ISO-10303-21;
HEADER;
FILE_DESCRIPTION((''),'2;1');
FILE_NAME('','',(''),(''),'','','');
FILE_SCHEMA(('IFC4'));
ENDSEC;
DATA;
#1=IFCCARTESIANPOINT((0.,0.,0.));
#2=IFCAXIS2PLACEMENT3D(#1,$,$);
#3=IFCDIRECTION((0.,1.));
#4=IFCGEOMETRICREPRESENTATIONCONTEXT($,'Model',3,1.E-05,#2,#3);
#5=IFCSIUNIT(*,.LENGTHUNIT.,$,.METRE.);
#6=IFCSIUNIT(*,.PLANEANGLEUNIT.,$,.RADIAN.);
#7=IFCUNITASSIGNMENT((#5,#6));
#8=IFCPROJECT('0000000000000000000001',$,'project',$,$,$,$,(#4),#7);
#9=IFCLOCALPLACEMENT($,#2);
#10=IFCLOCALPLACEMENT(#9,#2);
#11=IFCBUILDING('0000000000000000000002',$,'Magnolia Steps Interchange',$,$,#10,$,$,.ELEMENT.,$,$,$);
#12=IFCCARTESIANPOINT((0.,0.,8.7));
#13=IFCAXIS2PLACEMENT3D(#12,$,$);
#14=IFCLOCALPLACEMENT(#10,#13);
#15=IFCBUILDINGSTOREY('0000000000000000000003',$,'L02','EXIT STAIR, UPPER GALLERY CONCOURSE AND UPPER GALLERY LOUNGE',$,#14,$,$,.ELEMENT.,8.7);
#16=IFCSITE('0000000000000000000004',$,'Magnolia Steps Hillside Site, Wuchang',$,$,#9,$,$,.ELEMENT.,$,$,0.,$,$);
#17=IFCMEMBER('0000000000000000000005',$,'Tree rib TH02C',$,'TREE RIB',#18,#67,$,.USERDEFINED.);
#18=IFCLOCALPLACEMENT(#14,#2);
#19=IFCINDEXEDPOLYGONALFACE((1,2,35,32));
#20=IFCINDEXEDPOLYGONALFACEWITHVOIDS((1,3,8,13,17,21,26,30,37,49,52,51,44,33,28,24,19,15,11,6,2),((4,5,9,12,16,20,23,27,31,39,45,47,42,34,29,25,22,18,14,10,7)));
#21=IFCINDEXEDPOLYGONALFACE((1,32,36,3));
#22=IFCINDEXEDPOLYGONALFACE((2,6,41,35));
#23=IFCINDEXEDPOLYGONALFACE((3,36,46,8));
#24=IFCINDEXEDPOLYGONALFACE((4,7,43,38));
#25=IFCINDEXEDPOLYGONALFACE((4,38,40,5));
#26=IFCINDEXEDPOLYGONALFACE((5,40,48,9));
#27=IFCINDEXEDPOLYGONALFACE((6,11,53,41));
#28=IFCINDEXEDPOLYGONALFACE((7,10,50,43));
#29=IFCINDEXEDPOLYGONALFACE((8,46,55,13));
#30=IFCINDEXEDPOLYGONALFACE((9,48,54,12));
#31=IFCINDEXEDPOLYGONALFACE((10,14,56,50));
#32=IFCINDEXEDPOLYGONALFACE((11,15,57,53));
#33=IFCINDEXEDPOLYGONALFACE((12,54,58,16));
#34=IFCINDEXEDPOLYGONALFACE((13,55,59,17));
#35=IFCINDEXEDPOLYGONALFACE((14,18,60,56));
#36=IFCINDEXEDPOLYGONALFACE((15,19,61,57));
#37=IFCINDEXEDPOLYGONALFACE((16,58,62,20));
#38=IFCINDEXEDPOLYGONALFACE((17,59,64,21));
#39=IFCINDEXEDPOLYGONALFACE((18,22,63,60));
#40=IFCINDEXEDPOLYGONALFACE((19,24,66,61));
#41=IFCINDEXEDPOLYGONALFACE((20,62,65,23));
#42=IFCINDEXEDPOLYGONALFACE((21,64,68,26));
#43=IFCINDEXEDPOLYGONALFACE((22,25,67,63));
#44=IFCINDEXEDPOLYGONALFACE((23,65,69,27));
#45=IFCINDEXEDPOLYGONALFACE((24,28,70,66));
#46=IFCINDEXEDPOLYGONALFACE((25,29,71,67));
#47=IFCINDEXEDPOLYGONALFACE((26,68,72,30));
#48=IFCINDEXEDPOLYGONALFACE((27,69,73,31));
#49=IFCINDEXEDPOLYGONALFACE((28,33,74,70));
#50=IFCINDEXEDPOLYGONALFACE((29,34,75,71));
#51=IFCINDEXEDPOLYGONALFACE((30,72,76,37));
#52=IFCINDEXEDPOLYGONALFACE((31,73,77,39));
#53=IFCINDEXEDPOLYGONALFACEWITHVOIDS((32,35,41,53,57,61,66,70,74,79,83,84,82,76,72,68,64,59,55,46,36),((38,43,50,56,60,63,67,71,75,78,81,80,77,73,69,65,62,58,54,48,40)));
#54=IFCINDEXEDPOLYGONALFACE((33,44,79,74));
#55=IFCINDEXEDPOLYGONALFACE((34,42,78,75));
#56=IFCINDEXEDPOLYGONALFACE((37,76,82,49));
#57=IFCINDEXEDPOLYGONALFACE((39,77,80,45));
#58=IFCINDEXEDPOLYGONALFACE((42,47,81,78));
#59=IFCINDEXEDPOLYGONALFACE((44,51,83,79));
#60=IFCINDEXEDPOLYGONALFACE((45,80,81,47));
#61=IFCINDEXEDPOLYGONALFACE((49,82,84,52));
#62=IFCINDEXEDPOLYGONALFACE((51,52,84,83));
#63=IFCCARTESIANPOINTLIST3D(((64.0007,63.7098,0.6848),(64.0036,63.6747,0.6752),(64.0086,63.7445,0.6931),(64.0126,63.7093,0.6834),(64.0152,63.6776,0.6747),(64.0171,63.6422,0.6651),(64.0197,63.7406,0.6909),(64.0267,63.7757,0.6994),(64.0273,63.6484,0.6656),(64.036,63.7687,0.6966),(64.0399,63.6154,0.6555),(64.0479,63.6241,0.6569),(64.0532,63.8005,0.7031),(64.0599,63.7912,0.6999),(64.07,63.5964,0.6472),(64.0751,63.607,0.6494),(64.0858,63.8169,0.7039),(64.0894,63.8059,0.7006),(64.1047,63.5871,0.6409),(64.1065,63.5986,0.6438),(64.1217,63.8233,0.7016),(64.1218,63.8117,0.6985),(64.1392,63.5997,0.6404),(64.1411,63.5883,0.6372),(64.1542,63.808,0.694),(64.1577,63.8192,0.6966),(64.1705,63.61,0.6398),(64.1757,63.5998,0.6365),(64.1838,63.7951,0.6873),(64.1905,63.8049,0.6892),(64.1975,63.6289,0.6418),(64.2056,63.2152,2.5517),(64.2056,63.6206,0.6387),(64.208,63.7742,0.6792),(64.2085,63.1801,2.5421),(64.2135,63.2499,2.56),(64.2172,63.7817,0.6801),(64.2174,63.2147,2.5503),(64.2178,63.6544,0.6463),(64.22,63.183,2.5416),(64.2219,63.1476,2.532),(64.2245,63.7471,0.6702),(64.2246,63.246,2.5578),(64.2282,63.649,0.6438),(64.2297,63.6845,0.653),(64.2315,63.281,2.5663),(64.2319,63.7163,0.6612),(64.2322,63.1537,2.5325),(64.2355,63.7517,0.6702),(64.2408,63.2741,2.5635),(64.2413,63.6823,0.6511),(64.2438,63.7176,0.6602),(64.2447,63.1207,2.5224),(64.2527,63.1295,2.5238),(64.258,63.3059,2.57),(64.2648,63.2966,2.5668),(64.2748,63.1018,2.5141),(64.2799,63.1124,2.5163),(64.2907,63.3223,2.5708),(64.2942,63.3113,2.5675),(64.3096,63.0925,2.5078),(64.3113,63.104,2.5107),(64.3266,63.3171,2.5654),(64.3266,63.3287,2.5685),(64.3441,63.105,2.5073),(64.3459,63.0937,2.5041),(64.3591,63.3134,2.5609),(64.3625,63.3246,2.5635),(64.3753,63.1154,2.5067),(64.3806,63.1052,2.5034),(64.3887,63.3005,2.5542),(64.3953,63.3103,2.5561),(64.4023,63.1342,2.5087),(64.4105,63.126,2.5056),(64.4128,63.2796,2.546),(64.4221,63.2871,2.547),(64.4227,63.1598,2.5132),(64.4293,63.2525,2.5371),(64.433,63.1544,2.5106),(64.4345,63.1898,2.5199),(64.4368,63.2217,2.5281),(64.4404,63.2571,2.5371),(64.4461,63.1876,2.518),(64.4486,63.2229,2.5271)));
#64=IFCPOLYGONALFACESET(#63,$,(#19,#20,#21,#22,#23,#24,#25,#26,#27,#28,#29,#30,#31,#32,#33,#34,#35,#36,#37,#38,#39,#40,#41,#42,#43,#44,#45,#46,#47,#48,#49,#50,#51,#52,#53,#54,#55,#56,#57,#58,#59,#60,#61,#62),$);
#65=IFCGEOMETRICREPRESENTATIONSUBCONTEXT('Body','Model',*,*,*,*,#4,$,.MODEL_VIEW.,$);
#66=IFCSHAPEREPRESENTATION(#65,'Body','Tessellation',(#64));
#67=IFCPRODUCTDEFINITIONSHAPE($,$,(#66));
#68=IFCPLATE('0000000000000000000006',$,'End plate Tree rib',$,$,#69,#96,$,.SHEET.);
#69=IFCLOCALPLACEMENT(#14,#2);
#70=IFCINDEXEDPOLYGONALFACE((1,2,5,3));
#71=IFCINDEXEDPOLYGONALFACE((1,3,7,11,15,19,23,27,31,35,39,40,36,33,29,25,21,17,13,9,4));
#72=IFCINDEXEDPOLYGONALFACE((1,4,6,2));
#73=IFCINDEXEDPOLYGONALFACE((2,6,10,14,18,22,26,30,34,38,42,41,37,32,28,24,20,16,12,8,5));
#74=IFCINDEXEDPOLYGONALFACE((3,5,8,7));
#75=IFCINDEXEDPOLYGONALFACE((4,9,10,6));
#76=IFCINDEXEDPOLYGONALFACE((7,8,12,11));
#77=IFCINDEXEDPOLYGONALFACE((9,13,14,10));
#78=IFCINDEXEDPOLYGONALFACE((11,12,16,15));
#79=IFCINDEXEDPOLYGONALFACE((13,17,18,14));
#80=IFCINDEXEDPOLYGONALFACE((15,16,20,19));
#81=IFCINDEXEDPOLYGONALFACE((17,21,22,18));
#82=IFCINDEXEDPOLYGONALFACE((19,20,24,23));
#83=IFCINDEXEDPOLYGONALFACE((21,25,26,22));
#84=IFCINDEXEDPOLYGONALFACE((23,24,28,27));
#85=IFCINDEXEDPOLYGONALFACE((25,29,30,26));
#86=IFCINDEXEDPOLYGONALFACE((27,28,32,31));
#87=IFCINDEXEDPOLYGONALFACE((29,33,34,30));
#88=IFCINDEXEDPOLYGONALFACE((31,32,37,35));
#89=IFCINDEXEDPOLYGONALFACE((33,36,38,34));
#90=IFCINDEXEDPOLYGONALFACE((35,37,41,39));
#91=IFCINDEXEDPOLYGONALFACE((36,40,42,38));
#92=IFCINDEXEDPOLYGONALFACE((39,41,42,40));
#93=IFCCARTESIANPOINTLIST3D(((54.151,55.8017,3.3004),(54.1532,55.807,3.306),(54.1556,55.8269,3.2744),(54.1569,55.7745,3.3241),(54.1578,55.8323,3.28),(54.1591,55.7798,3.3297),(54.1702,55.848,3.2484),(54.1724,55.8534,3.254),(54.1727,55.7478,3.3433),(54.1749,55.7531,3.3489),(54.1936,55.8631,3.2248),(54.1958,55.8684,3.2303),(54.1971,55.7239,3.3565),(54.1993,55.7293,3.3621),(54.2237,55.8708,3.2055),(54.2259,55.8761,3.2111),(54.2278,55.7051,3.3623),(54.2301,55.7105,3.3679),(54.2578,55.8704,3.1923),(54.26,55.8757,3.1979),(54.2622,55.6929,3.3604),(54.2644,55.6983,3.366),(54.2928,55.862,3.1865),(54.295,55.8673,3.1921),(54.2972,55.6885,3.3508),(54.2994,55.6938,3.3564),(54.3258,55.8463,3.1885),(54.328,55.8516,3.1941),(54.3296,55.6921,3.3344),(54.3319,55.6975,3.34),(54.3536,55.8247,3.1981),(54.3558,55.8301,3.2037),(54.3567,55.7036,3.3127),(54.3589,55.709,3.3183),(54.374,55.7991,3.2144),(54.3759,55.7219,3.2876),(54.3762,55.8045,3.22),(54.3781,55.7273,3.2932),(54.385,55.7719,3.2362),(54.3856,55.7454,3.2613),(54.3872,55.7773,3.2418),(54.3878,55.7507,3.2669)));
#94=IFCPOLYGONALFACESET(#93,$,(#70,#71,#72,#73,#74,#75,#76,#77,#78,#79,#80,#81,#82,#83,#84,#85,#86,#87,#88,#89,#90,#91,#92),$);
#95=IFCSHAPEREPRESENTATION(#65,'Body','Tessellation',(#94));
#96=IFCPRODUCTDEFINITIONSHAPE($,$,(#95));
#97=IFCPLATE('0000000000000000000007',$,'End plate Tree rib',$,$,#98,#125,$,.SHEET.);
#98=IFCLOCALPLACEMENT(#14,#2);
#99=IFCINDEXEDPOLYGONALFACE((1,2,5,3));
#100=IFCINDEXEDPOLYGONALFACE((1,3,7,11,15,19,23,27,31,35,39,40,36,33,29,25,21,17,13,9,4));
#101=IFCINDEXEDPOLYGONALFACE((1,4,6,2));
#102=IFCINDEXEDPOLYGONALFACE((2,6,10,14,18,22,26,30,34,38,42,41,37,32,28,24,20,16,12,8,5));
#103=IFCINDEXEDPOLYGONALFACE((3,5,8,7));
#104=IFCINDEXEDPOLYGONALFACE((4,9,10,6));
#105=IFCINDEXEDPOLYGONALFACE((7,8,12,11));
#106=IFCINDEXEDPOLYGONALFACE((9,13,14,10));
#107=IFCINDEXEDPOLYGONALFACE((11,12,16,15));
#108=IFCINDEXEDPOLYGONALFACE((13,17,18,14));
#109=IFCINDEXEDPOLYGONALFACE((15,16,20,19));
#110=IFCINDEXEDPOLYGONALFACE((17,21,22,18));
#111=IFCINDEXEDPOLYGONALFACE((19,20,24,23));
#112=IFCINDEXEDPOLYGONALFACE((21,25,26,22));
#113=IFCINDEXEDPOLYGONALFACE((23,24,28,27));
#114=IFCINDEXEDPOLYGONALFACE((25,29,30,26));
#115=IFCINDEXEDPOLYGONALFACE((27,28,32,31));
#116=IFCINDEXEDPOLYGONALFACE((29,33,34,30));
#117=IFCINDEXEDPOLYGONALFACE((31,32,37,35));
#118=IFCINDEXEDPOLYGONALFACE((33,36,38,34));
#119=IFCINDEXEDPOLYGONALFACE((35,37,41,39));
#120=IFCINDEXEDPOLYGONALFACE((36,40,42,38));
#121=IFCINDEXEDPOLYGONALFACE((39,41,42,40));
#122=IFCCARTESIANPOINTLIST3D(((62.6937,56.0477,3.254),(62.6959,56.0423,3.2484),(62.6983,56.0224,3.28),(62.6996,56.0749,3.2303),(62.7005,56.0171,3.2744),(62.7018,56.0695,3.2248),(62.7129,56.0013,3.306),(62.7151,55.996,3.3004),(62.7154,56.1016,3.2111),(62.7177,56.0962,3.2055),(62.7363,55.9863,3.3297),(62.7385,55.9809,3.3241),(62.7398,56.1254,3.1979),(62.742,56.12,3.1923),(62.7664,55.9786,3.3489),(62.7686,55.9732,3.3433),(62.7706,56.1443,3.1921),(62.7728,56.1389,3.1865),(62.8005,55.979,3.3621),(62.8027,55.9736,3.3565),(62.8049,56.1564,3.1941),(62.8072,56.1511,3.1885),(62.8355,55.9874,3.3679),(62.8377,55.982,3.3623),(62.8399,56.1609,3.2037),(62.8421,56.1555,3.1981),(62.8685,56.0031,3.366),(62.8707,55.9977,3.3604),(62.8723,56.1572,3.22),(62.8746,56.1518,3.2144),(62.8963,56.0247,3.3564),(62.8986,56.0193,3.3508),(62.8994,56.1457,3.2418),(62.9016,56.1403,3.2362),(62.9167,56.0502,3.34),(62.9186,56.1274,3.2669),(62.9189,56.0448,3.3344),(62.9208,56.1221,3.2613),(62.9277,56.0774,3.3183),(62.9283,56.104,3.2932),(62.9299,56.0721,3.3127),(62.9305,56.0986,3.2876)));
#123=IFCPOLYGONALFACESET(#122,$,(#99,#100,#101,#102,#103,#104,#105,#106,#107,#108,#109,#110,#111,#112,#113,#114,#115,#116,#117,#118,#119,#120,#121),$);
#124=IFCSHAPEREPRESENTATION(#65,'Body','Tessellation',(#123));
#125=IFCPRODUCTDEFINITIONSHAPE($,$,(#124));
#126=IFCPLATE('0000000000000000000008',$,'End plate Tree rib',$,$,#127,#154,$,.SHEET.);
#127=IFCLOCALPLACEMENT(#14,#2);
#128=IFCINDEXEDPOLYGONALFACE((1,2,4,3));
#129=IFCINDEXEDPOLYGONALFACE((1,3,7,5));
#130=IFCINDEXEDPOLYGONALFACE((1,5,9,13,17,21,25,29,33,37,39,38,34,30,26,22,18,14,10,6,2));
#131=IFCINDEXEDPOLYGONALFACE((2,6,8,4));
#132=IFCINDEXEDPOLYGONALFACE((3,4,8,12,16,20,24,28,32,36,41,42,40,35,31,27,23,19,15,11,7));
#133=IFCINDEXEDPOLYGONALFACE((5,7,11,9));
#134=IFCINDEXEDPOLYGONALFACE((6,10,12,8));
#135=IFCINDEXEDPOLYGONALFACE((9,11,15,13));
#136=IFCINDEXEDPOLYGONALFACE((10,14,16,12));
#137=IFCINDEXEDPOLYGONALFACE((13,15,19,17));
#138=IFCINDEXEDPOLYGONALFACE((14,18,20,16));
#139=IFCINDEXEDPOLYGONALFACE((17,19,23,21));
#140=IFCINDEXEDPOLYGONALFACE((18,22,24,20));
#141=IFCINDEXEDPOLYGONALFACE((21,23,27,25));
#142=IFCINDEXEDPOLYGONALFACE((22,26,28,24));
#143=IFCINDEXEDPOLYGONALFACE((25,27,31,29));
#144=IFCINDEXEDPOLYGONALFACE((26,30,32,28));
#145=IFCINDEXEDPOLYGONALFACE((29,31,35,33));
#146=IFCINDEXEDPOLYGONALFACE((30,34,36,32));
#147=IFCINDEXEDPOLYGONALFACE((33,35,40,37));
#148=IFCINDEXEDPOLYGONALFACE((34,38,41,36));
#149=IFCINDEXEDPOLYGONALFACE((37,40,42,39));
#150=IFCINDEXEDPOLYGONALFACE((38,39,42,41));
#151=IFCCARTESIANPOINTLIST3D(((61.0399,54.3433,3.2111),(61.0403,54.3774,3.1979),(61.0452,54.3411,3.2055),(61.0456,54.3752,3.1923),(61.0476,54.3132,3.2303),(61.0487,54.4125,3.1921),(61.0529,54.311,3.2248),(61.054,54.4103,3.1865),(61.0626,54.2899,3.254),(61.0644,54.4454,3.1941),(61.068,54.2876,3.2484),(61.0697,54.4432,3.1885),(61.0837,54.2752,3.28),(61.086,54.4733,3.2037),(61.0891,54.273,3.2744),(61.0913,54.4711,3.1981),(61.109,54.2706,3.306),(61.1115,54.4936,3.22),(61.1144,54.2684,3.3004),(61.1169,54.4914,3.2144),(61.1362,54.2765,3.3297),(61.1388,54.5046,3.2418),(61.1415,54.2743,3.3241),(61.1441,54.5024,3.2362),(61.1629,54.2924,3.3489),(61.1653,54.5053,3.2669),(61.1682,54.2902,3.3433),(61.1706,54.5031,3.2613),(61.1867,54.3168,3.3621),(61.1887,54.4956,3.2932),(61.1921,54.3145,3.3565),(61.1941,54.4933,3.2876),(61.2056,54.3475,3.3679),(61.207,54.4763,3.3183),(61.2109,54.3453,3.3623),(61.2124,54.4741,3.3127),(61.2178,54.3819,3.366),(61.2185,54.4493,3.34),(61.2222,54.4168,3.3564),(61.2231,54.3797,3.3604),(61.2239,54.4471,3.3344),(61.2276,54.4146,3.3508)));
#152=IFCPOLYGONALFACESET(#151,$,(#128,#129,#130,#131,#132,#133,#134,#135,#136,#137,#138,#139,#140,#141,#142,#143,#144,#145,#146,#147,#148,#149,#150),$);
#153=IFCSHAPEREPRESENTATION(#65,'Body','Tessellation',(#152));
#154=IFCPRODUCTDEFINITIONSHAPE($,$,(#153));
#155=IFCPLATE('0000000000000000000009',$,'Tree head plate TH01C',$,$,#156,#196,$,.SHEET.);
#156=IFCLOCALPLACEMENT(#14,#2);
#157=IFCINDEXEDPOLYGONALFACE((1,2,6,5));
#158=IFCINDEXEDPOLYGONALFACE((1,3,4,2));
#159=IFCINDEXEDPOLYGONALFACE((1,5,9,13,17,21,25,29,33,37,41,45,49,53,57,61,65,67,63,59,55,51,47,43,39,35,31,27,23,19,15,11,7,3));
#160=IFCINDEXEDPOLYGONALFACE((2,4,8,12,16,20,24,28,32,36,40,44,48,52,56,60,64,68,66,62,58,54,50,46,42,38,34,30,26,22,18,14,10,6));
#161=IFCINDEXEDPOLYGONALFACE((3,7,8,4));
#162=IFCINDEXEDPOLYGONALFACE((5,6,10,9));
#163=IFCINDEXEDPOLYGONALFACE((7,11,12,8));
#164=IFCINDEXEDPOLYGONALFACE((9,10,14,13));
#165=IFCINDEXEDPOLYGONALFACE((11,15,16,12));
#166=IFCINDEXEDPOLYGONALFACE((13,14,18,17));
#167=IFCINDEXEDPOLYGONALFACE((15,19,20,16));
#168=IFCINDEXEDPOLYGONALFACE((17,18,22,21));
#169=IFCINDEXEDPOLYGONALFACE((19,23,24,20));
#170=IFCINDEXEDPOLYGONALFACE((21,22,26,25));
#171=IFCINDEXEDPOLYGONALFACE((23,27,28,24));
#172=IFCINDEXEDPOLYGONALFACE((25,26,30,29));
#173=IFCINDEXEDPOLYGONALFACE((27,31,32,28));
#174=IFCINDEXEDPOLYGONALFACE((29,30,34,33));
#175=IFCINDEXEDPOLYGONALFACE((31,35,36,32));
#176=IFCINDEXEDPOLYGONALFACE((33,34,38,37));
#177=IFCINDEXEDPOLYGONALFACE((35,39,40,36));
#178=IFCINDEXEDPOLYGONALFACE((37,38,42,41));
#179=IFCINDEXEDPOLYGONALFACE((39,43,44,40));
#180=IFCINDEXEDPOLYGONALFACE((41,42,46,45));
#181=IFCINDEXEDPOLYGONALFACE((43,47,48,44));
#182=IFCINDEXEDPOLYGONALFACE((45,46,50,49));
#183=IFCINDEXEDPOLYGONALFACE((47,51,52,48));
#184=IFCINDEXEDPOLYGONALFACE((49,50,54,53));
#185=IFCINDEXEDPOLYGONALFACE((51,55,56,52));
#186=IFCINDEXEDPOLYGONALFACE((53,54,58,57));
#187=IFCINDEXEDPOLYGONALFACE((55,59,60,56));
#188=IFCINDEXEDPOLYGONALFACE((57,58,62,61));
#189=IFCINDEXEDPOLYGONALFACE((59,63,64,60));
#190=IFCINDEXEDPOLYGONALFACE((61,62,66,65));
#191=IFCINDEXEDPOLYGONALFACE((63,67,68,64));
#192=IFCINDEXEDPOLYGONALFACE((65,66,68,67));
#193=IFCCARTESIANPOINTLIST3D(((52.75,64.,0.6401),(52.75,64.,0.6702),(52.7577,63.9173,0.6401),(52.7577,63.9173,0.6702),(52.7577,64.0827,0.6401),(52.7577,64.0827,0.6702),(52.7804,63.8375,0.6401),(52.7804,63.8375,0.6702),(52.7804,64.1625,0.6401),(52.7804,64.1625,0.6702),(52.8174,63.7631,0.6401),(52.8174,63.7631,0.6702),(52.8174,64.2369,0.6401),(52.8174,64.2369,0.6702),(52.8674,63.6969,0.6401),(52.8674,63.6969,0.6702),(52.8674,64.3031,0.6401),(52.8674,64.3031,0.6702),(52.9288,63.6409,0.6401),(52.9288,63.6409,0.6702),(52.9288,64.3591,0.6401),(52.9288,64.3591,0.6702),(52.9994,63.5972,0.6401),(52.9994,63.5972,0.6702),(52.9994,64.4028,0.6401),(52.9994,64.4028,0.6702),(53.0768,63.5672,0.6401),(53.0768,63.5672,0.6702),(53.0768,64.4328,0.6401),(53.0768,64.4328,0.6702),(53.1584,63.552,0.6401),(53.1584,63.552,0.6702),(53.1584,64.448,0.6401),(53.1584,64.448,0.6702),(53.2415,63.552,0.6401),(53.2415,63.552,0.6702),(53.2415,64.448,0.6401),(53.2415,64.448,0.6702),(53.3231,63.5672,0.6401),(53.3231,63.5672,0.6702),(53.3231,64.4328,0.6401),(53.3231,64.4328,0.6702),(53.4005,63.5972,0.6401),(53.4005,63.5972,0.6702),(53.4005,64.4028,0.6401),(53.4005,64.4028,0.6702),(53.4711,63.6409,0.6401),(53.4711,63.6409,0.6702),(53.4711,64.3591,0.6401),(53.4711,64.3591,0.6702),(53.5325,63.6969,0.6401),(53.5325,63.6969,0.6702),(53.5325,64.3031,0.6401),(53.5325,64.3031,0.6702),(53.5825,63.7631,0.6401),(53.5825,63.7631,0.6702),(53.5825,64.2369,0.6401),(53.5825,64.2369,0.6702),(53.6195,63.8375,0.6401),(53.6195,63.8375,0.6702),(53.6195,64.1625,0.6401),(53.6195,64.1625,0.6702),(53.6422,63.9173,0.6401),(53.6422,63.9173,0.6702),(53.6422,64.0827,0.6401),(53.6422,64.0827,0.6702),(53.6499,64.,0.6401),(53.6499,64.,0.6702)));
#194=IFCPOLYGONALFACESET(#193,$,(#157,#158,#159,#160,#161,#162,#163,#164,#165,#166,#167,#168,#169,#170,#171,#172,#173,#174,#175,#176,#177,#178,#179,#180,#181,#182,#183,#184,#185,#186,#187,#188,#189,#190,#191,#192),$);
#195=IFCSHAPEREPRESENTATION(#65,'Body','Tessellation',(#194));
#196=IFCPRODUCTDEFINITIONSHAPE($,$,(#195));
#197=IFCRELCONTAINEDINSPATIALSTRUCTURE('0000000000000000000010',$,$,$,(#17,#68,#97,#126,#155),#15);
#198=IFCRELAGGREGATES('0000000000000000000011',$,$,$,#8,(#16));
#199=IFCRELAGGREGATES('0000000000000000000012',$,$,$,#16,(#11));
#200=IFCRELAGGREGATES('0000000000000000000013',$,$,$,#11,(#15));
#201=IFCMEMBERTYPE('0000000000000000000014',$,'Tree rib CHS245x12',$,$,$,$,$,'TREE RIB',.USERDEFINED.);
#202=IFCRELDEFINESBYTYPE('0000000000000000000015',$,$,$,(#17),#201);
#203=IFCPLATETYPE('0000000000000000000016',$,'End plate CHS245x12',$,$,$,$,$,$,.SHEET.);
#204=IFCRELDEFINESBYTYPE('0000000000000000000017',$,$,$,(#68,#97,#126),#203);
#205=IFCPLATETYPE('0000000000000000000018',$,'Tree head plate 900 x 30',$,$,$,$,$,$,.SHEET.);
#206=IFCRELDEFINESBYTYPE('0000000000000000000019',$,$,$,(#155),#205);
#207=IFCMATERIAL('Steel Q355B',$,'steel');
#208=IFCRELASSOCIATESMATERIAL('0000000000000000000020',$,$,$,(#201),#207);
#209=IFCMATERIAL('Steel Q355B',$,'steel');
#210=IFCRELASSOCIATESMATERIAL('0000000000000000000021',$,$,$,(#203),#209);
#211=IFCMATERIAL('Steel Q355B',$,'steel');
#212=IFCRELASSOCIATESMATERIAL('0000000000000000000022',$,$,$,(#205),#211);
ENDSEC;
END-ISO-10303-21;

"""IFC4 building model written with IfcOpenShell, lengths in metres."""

from ifc_helpers import new_model, si_unit, direction, frame, origin, origin_2d, place, context, subcontext, project, spatial, circle, hollow_circle, extrude, material, material_profile, profile_set, type_object, element, save


model = new_model("IFC4")

# Units and contexts
model_context = context("Model", 3, precision=1e-05, world=origin(), true_north=direction((0.0, 1.0)))
body_context = subcontext(model_context, "Body", "Model", "MODEL_VIEW")
ifc_project = project(units=[si_unit("LENGTHUNIT", "METRE"), si_unit("PLANEANGLEUNIT", "RADIAN")], contexts=[model_context])

# Site, building, storey
site_placement = place(None, origin())
site = spatial("IfcSite", under=ifc_project, at=site_placement, Name="Magnolia Steps Hillside Site, Wuchang", CompositionType="ELEMENT", RefElevation=0.0)
building_placement = place(site_placement, origin())
building = spatial("IfcBuilding", under=site, at=building_placement, Name="Magnolia Steps Interchange", CompositionType="ELEMENT")
storey_placement = place(building_placement, frame((0.0, 0.0, 8.7)))
storey = spatial("IfcBuildingStorey", under=building, at=storey_placement, Name="L02", Description="EXIT STAIR, UPPER GALLERY CONCOURSE AND UPPER GALLERY LOUNGE", CompositionType="ELEMENT", Elevation=8.7)

# Member
ifc_material_1 = material(Name="Steel Q355B", Category="steel")
ifc_material_profile_1 = material_profile(ifc_material_1, hollow_circle(Radius=0.1226, WallThickness=0.012, at=origin_2d()), Name="CHS245x12")
ifc_profile_set_1 = profile_set([ifc_material_profile_1], Name="Steel Q355B")
member_type = type_object("IfcMemberType", Name="Tree rib CHS245x12", ElementType="TREE RIB", PredefinedType="USERDEFINED", material=ifc_profile_set_1)
member_1_placement = place(storey_placement, frame((64.1223, 63.7048, 0.6702), z_axis=(0.105466, -0.254676, 0.961258), x_axis=(0.923911, 0.382607, 0.0)))
element("IfcMember", 1, at=member_1_placement, inside=storey, type_object=member_type, Name="Tree rib TH02C", ObjectType="TREE RIB", PredefinedType="USERDEFINED", context=body_context, shape_type="SweptSolid", body=[
    extrude(hollow_circle(Radius=0.1226, WallThickness=0.012, at=origin_2d()), origin(), (0.0, 0.0, 1.0), 1.9421),
])

# Plates
ifc_material_2 = material(Name="Steel Q355B", Category="steel")
ifc_material_profile_2 = material_profile(ifc_material_2, circle(Radius=0.1226, at=origin_2d()), Name="End plate CHS245x12")
ifc_profile_set_2 = profile_set([ifc_material_profile_2], Name="Steel Q355B")
plate_type_1 = type_object("IfcPlateType", Name="End plate CHS245x12", PredefinedType="SHEET", material=ifc_profile_set_2)
for number, where, z_axis, x_axis, name in (
    (2, (54.2688, 55.78, 3.2744), (0.275279, 0.664583, 0.694658), (-0.92388, 0.382683, 0.0), "End plate Tree rib"),
    (3, (62.8137, 56.064, 3.2744), (-0.275279, 0.664583, 0.694658), (-0.92388, -0.382683, 0.0), "End plate Tree rib"),
    (4, (61.136, 54.3862, 3.2744), (-0.664583, 0.275279, 0.694658), (-0.382683, -0.92388, 0.0), "End plate Tree rib"),
):
    element("IfcPlate", number, at=place(storey_placement, frame(where, z_axis=z_axis, x_axis=x_axis)), inside=storey, type_object=plate_type_1, Name=name, PredefinedType="SHEET", context=body_context, shape_type="SweptSolid", body=[
        extrude(circle(Radius=0.1226, at=origin_2d()), origin(), (0.0, 0.0, 1.0), 0.0081),
    ])
ifc_material_3 = material(Name="Steel Q355B", Category="steel")
ifc_material_profile_3 = material_profile(ifc_material_3, circle(Radius=0.45, at=origin_2d()), Name="Tree head plate 900 x 30")
ifc_profile_set_3 = profile_set([ifc_material_profile_3], Name="Steel Q355B")
plate_type_2 = type_object("IfcPlateType", Name="Tree head plate 900 x 30", PredefinedType="SHEET", material=ifc_profile_set_3)
for number, where, z_axis, x_axis, name in (
    (5, (53.2, 64.0, 0.6401), (0.0, 0.0, 1.0), (1.0, 0.0, 0.0), "Tree head plate TH01C"),
):
    element("IfcPlate", number, at=place(storey_placement, frame(where, z_axis=z_axis, x_axis=x_axis)), inside=storey, type_object=plate_type_2, Name=name, PredefinedType="SHEET", context=body_context, shape_type="SweptSolid", body=[
        extrude(circle(Radius=0.45, at=origin_2d()), origin(), (0.0, 0.0, 1.0), 0.03),
    ])

save(model, "model.ifc")
